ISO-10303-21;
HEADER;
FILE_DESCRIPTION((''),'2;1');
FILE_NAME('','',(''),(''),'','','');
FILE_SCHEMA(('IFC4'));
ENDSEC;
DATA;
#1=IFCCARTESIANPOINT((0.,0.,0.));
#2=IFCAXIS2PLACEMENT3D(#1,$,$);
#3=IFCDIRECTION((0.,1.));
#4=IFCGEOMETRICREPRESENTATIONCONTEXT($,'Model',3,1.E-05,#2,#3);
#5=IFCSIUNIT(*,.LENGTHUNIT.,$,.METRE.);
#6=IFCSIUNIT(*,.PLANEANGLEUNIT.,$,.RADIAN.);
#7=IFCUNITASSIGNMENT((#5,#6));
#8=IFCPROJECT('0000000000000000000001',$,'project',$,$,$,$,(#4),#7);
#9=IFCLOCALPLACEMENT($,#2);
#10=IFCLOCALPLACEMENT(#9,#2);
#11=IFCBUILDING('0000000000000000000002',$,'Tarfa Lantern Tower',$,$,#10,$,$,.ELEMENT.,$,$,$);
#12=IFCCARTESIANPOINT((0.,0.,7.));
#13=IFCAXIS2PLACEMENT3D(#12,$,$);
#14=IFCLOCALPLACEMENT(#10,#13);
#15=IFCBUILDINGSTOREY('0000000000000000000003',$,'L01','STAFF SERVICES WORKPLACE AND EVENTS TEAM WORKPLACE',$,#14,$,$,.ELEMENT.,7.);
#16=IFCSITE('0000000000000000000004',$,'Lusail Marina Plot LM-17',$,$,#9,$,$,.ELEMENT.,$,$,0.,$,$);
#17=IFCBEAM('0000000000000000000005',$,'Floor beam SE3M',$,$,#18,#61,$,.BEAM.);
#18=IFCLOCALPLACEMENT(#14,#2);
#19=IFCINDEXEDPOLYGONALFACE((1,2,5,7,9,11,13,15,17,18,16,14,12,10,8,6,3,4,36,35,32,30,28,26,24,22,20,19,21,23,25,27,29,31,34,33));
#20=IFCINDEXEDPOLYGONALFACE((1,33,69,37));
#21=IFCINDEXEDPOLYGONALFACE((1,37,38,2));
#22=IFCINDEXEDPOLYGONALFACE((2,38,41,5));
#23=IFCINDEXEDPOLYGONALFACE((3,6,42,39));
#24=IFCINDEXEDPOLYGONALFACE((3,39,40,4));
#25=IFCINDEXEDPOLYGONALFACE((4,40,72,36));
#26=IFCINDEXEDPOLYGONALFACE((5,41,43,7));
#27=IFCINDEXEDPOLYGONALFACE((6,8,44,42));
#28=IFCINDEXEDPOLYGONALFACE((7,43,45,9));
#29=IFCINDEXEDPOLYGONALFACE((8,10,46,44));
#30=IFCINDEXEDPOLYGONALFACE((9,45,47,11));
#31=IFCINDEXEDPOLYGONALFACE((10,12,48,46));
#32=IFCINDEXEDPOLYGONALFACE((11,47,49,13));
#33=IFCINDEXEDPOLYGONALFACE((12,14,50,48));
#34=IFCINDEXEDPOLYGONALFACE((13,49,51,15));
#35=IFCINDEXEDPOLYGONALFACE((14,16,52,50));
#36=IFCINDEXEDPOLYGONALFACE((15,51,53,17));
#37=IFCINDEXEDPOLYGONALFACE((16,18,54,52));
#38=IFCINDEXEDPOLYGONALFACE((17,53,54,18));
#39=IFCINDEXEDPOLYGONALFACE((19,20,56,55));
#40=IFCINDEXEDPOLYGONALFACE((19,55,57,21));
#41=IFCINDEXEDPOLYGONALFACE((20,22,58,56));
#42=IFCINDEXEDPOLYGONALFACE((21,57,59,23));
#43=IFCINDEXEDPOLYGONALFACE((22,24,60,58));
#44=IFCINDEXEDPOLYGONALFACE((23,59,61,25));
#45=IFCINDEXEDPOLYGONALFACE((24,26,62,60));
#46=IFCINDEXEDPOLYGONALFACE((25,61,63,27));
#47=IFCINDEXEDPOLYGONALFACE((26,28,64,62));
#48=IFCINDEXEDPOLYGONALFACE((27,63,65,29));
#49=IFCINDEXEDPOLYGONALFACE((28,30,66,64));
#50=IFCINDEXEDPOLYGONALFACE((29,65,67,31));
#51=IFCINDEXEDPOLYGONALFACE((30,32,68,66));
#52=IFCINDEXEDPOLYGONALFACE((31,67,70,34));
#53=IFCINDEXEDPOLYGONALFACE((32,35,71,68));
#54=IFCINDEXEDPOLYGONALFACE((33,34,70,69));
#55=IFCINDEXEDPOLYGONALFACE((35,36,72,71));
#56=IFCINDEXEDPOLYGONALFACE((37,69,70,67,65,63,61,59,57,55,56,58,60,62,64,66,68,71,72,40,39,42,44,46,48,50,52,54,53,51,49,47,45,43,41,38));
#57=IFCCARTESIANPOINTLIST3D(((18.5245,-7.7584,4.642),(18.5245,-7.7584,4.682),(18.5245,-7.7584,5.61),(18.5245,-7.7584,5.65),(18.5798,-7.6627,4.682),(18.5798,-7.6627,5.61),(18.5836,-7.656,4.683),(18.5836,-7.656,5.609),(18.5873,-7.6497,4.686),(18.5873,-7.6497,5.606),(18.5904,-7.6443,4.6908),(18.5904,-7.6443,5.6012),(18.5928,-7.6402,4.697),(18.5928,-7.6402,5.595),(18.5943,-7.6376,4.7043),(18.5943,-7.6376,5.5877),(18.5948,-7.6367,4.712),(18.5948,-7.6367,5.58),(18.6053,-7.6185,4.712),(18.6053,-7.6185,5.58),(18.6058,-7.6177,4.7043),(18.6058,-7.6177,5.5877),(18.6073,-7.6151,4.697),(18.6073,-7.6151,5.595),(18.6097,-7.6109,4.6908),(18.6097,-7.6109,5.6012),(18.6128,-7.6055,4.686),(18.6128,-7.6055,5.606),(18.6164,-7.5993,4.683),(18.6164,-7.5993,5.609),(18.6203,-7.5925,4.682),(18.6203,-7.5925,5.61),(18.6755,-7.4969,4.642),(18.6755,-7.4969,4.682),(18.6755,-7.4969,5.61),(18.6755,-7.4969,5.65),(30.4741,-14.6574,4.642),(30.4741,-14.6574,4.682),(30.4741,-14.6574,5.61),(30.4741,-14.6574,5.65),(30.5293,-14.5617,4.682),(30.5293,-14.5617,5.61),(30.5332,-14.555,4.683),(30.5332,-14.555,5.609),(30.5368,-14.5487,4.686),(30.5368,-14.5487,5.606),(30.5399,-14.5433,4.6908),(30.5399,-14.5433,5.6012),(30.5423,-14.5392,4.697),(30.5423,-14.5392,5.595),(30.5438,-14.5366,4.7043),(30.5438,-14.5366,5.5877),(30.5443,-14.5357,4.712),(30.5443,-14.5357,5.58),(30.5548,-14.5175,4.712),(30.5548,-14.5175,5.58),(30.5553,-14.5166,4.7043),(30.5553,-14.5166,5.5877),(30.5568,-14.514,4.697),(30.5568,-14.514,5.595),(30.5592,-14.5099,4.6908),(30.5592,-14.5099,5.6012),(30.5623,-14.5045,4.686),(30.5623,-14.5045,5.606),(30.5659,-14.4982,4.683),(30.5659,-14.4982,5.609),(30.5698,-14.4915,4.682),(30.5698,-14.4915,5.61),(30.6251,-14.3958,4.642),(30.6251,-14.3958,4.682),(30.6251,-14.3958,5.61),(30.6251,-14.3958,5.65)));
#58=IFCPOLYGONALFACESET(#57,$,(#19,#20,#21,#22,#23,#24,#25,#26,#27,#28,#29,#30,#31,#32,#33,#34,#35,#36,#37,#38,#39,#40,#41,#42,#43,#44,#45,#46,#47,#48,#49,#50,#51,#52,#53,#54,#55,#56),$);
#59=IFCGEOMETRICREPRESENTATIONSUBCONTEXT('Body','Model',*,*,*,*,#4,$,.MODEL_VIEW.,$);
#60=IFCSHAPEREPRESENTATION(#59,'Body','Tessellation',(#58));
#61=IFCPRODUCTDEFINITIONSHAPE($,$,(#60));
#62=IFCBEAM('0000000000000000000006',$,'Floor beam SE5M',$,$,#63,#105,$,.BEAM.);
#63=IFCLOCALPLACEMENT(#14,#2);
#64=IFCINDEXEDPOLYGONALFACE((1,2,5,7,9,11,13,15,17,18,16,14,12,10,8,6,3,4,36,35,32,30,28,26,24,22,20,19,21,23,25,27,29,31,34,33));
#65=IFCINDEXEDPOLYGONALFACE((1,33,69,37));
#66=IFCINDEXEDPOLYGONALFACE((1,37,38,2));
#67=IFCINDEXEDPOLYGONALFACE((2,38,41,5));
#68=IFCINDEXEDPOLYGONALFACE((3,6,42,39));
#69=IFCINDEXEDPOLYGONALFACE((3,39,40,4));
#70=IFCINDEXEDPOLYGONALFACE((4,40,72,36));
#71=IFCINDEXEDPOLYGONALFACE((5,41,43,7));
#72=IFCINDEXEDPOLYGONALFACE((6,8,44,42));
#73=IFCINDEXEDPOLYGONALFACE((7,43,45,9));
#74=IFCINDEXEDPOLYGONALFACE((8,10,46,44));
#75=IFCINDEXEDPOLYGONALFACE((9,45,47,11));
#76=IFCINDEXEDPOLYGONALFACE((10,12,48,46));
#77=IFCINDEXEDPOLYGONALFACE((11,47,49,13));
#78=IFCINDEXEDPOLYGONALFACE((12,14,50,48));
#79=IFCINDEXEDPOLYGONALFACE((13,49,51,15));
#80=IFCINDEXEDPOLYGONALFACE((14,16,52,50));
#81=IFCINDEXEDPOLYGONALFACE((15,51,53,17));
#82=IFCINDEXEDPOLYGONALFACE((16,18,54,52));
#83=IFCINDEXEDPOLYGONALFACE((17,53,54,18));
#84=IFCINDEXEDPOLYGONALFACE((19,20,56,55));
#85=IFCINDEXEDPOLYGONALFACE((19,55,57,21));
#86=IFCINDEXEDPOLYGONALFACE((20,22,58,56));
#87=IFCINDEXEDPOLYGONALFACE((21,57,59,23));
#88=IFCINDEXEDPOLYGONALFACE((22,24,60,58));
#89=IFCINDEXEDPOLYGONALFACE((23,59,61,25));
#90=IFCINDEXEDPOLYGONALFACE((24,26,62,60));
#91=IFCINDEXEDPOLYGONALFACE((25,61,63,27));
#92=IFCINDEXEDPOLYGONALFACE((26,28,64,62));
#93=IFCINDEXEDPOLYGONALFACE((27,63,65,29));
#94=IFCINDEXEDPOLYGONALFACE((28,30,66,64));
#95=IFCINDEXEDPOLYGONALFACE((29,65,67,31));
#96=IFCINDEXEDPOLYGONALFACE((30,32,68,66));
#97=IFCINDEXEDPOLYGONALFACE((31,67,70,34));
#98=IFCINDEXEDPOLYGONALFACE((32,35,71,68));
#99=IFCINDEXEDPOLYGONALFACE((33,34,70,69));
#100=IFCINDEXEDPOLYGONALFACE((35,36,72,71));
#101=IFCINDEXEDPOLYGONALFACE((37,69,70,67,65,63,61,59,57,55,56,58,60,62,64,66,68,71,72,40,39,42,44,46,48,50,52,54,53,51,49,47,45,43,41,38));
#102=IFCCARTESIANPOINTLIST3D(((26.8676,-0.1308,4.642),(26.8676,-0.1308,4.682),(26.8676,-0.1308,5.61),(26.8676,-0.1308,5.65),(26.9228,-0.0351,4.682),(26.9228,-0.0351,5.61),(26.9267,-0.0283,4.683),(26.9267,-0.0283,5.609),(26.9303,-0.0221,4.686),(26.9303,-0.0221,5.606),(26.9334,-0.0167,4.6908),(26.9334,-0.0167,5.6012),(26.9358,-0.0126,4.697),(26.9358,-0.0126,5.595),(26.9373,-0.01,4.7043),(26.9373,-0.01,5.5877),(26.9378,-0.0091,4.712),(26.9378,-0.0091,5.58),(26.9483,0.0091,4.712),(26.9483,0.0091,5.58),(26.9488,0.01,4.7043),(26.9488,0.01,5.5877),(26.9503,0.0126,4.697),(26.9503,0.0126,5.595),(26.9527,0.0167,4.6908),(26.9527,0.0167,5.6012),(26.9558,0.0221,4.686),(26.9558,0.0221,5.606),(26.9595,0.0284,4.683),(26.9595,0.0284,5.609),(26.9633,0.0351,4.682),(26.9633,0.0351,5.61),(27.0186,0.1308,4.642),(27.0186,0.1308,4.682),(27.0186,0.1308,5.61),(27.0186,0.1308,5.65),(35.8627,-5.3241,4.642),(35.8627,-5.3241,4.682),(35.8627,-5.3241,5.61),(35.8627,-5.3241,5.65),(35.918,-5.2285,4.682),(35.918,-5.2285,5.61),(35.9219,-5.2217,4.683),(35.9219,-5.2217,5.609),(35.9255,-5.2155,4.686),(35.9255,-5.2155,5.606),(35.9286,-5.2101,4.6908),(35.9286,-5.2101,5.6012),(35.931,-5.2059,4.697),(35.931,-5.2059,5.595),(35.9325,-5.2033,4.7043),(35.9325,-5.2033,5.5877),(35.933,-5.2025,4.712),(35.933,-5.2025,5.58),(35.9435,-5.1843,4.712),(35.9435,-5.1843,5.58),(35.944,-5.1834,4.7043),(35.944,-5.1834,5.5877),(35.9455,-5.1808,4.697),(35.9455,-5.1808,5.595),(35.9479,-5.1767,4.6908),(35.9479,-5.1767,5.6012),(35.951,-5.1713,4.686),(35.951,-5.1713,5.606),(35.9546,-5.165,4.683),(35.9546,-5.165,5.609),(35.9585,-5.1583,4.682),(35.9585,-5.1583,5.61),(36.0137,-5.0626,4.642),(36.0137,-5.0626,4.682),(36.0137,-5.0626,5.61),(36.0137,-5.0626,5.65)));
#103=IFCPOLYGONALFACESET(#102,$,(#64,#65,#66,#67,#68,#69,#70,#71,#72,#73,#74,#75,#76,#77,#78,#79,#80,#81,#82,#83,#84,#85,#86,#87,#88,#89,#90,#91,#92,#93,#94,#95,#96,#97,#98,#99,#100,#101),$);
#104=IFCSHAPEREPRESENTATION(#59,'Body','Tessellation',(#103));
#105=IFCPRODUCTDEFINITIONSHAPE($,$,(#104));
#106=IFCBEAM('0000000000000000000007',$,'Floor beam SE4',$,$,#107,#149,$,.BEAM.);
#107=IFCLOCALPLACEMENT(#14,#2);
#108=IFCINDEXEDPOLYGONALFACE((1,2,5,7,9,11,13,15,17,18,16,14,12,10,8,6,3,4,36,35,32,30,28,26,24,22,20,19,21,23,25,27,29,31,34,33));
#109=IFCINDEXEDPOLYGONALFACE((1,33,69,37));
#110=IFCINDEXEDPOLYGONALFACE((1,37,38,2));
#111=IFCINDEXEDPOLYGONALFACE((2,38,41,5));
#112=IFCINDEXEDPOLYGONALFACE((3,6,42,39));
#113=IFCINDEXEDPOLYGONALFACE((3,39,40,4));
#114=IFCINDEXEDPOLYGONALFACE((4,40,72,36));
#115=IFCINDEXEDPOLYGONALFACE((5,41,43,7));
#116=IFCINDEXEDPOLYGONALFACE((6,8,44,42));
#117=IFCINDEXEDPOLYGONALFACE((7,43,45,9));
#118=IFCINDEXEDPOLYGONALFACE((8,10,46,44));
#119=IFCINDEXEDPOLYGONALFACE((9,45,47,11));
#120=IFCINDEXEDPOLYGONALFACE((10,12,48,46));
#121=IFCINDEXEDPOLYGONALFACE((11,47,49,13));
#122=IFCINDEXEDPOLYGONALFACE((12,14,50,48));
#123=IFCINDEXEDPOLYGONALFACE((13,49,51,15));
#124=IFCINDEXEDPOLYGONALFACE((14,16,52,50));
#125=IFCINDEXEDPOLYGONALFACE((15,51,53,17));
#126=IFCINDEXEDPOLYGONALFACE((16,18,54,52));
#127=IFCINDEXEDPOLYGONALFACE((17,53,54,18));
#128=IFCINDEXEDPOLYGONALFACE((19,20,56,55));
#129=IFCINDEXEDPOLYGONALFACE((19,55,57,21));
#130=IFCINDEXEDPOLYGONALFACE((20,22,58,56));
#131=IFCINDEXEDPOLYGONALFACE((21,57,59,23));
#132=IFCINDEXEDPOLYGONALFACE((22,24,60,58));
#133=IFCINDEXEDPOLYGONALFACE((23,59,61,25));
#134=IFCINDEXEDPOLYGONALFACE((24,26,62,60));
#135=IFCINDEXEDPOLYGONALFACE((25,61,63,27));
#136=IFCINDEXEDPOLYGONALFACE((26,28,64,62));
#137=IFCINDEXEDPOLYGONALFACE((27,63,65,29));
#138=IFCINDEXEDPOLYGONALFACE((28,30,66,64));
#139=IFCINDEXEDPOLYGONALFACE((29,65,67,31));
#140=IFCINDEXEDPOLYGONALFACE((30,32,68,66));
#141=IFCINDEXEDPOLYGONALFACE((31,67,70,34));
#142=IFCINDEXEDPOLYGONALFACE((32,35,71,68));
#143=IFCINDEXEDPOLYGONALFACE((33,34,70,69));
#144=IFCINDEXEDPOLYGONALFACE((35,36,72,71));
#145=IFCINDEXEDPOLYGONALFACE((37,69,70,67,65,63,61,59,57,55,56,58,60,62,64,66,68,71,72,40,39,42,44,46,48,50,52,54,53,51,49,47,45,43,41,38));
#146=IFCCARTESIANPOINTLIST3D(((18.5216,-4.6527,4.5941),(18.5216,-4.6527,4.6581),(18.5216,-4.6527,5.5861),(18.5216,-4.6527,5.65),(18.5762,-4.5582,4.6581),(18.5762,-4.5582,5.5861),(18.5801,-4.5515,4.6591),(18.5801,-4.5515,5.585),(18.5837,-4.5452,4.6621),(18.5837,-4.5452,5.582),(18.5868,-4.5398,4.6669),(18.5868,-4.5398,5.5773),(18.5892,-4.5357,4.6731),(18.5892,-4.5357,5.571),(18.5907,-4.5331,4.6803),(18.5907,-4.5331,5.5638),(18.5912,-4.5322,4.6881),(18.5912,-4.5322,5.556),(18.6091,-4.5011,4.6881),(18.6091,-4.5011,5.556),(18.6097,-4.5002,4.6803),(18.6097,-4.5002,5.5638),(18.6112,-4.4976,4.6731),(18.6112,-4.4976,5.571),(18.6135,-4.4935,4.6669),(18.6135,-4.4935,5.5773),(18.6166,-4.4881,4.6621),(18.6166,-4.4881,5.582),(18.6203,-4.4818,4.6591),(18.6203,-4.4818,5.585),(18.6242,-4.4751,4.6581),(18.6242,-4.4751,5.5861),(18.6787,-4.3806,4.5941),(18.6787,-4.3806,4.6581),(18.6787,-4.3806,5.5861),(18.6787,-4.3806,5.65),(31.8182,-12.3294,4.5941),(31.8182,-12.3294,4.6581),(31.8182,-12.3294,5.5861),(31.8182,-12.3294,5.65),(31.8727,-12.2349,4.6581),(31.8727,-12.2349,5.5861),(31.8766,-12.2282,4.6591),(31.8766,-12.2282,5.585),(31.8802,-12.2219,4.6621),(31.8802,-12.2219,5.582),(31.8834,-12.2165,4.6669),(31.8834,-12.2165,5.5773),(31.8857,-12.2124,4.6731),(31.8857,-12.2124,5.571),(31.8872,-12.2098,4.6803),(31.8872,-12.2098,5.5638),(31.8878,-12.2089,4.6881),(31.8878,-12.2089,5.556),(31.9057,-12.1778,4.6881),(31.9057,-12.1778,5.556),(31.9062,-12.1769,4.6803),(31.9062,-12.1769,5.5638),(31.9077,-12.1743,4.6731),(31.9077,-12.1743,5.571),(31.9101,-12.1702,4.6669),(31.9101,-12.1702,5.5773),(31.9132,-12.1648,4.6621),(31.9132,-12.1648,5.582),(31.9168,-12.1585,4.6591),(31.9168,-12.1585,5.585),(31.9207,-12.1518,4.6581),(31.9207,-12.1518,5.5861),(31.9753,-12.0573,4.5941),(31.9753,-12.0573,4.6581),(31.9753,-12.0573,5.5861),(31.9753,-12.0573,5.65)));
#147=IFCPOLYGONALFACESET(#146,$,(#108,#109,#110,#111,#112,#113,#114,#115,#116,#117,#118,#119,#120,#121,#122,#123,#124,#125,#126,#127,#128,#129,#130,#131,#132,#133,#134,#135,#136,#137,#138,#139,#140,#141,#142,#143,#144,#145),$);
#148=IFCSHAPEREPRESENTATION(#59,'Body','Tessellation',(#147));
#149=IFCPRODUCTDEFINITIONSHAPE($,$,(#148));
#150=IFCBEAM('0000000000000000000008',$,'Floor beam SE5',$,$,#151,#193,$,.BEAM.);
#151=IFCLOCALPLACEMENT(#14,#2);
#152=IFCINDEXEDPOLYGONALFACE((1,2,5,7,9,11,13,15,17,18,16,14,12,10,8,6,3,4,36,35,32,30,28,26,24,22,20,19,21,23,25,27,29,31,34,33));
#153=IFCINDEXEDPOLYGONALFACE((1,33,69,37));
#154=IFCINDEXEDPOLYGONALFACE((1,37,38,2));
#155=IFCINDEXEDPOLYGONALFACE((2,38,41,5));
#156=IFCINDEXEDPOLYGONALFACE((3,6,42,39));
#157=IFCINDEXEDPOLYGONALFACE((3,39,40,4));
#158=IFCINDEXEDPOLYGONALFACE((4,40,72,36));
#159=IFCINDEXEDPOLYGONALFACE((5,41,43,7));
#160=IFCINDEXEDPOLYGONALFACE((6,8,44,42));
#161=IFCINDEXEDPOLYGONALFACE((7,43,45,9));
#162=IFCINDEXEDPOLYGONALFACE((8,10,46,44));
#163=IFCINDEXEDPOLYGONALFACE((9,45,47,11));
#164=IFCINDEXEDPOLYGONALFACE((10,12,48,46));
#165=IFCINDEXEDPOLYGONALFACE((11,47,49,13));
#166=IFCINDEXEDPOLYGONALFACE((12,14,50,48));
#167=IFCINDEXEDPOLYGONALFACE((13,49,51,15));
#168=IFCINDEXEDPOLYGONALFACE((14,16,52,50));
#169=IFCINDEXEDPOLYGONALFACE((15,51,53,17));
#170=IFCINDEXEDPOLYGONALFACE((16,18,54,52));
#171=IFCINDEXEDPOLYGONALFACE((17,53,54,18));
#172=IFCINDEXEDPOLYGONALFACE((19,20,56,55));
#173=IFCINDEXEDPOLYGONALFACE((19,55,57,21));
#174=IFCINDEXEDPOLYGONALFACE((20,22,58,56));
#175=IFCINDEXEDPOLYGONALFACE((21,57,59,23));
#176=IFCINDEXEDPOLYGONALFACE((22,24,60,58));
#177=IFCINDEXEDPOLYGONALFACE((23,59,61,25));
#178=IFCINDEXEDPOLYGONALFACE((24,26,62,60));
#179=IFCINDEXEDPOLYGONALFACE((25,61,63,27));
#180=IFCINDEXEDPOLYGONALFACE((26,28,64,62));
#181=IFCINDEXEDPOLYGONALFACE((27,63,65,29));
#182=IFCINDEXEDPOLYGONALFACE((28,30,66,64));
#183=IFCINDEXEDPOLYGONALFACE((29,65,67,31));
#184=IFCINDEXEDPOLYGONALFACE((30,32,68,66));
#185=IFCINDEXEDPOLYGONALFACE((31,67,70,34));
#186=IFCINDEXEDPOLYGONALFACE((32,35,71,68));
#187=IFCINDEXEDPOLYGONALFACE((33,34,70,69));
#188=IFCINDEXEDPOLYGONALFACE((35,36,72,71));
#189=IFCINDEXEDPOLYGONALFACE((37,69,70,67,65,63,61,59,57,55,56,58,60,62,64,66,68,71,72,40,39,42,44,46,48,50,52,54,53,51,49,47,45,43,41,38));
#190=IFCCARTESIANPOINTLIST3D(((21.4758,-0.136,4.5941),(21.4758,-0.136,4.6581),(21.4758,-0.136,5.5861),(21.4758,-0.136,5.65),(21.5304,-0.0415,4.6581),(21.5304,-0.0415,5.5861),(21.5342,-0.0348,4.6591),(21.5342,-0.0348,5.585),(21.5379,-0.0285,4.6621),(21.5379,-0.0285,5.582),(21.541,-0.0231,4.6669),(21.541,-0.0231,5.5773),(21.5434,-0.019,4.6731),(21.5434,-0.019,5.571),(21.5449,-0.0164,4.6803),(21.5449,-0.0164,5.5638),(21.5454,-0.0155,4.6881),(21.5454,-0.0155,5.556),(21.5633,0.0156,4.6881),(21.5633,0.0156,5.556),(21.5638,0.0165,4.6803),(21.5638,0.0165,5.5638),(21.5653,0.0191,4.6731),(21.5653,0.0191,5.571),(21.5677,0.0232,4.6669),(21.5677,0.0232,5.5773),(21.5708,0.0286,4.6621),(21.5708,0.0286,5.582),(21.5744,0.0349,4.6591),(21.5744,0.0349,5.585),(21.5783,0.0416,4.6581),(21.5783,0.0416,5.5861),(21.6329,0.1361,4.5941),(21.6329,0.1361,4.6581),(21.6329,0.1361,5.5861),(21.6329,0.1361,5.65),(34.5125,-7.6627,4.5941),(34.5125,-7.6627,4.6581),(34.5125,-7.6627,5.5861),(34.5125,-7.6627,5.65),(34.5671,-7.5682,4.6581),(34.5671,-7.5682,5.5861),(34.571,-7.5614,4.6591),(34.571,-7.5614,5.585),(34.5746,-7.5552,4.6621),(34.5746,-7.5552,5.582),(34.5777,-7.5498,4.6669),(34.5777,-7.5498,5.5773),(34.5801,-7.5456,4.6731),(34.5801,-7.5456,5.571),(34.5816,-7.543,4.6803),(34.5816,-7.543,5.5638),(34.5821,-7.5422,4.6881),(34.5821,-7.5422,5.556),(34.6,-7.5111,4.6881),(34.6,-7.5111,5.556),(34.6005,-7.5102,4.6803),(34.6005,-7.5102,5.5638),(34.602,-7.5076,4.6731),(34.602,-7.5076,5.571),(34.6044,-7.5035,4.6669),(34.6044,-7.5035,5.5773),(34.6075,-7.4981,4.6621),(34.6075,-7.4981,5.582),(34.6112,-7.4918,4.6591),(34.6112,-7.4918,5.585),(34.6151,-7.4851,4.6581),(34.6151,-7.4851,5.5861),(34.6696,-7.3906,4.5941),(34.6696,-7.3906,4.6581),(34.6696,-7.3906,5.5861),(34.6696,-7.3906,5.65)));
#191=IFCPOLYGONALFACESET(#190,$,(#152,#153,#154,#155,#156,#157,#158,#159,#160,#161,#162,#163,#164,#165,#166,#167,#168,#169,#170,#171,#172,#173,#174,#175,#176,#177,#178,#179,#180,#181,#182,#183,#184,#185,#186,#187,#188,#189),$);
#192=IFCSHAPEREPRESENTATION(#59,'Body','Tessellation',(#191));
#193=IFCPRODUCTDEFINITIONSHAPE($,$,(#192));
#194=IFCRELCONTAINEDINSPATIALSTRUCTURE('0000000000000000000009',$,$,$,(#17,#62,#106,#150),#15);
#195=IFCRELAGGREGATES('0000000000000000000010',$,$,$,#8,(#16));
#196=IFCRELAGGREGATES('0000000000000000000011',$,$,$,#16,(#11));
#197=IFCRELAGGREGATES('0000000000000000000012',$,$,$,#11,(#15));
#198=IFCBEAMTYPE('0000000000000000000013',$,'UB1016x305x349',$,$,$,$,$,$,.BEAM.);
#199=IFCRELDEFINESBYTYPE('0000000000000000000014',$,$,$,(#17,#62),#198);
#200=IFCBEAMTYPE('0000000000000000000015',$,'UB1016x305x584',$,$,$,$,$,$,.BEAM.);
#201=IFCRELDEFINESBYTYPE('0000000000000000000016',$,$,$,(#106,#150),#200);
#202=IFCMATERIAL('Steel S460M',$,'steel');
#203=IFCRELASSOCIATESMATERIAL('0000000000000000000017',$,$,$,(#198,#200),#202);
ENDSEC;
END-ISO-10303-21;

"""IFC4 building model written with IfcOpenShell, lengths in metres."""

from ifc_helpers import new_model, si_unit, direction, frame, origin, origin_2d, place, context, subcontext, project, spatial, i_section, extrude, material, material_profile, profile_set, type_object, element, save


model = new_model("IFC4")

# Units and contexts
model_context = context("Model", 3, precision=1e-05, world=origin(), true_north=direction((0.0, 1.0)))
body_context = subcontext(model_context, "Body", "Model", "MODEL_VIEW")
ifc_project = project(units=[si_unit("LENGTHUNIT", "METRE"), si_unit("PLANEANGLEUNIT", "RADIAN")], contexts=[model_context])

# Site, building, storey
site_placement = place(None, origin())
site = spatial("IfcSite", under=ifc_project, at=site_placement, Name="Lusail Marina Plot LM-17", CompositionType="ELEMENT", RefElevation=0.0)
building_placement = place(site_placement, origin())
building = spatial("IfcBuilding", under=site, at=building_placement, Name="Tarfa Lantern Tower", CompositionType="ELEMENT")
storey_placement = place(building_placement, frame((0.0, 0.0, 7.0)))
storey = spatial("IfcBuildingStorey", under=building, at=storey_placement, Name="L01", Description="STAFF SERVICES WORKPLACE AND EVENTS TEAM WORKPLACE", CompositionType="ELEMENT", Elevation=7.0)

# Beams
ifc_material_1 = material(Name="Steel S460M", Category="steel")
ifc_material_profile_1 = material_profile(ifc_material_1, i_section(OverallWidth=0.302, OverallDepth=1.0081, WebThickness=0.021, FlangeThickness=0.04, FilletRadius=0.03, at=origin_2d()), Name="UB1016x305x349")
ifc_profile_set_1 = profile_set([ifc_material_profile_1], Name="Steel S460M")
beam_type_1 = type_object("IfcBeamType", Name="UB1016x305x349", PredefinedType="BEAM", material=ifc_profile_set_1)
beam_1_placement = place(storey_placement, frame((30.5496, -14.5266, 5.146), z_axis=(-0.866029, 0.499995, 0.0), x_axis=(-0.499995, -0.866029, 0.0)))
element("IfcBeam", 1, at=beam_1_placement, inside=storey, type_object=beam_type_1, Name="Floor beam SE3M", PredefinedType="BEAM", context=body_context, shape_type="SweptSolid", body=[
    extrude(i_section(OverallWidth=0.302, OverallDepth=1.0081, WebThickness=0.021, FlangeThickness=0.04, FilletRadius=0.03, at=origin_2d()), origin(), (0.0, 0.0, 1.0), 13.7981),
])
beam_2_placement = place(storey_placement, frame((35.9382, -5.1934, 5.146), z_axis=(-0.866024, 0.500002, 0.0), x_axis=(-0.500002, -0.866024, 0.0)))
element("IfcBeam", 2, at=beam_2_placement, inside=storey, type_object=beam_type_1, Name="Floor beam SE5M", PredefinedType="BEAM", context=body_context, shape_type="SweptSolid", body=[
    extrude(i_section(OverallWidth=0.302, OverallDepth=1.0081, WebThickness=0.021, FlangeThickness=0.04, FilletRadius=0.03, at=origin_2d()), origin(), (0.0, 0.0, 1.0), 10.3867),
])
ifc_material_profile_2 = material_profile(ifc_material_1, i_section(OverallWidth=0.3142, OverallDepth=1.0559, WebThickness=0.0359, FlangeThickness=0.064, FilletRadius=0.03, at=origin_2d()), Name="UB1016x305x584")
ifc_profile_set_2 = profile_set([ifc_material_profile_2], Name="Steel S460M")
beam_type_2 = type_object("IfcBeamType", Name="UB1016x305x584", PredefinedType="BEAM", material=ifc_profile_set_2)
beam_3_placement = place(storey_placement, frame((31.8967, -12.1934, 5.1221), z_axis=(-0.866027, 0.499997, 0.0), x_axis=(-0.499997, -0.866027, 0.0)))
element("IfcBeam", 3, at=beam_3_placement, inside=storey, type_object=beam_type_2, Name="Floor beam SE4", PredefinedType="BEAM", context=body_context, shape_type="SweptSolid", body=[
    extrude(i_section(OverallWidth=0.3142, OverallDepth=1.0559, WebThickness=0.0359, FlangeThickness=0.064, FilletRadius=0.03, at=origin_2d()), origin(), (0.0, 0.0, 1.0), 15.3535),
])
beam_4_placement = place(storey_placement, frame((34.5911, -7.5266, 5.1221), z_axis=(-0.866028, 0.499996, 0.0), x_axis=(-0.499996, -0.866028, 0.0)))
element("IfcBeam", 4, at=beam_4_placement, inside=storey, type_object=beam_type_2, Name="Floor beam SE5", PredefinedType="BEAM", context=body_context, shape_type="SweptSolid", body=[
    extrude(i_section(OverallWidth=0.3142, OverallDepth=1.0559, WebThickness=0.0359, FlangeThickness=0.064, FilletRadius=0.03, at=origin_2d()), origin(), (0.0, 0.0, 1.0), 15.0535),
])

save(model, "model.ifc")
